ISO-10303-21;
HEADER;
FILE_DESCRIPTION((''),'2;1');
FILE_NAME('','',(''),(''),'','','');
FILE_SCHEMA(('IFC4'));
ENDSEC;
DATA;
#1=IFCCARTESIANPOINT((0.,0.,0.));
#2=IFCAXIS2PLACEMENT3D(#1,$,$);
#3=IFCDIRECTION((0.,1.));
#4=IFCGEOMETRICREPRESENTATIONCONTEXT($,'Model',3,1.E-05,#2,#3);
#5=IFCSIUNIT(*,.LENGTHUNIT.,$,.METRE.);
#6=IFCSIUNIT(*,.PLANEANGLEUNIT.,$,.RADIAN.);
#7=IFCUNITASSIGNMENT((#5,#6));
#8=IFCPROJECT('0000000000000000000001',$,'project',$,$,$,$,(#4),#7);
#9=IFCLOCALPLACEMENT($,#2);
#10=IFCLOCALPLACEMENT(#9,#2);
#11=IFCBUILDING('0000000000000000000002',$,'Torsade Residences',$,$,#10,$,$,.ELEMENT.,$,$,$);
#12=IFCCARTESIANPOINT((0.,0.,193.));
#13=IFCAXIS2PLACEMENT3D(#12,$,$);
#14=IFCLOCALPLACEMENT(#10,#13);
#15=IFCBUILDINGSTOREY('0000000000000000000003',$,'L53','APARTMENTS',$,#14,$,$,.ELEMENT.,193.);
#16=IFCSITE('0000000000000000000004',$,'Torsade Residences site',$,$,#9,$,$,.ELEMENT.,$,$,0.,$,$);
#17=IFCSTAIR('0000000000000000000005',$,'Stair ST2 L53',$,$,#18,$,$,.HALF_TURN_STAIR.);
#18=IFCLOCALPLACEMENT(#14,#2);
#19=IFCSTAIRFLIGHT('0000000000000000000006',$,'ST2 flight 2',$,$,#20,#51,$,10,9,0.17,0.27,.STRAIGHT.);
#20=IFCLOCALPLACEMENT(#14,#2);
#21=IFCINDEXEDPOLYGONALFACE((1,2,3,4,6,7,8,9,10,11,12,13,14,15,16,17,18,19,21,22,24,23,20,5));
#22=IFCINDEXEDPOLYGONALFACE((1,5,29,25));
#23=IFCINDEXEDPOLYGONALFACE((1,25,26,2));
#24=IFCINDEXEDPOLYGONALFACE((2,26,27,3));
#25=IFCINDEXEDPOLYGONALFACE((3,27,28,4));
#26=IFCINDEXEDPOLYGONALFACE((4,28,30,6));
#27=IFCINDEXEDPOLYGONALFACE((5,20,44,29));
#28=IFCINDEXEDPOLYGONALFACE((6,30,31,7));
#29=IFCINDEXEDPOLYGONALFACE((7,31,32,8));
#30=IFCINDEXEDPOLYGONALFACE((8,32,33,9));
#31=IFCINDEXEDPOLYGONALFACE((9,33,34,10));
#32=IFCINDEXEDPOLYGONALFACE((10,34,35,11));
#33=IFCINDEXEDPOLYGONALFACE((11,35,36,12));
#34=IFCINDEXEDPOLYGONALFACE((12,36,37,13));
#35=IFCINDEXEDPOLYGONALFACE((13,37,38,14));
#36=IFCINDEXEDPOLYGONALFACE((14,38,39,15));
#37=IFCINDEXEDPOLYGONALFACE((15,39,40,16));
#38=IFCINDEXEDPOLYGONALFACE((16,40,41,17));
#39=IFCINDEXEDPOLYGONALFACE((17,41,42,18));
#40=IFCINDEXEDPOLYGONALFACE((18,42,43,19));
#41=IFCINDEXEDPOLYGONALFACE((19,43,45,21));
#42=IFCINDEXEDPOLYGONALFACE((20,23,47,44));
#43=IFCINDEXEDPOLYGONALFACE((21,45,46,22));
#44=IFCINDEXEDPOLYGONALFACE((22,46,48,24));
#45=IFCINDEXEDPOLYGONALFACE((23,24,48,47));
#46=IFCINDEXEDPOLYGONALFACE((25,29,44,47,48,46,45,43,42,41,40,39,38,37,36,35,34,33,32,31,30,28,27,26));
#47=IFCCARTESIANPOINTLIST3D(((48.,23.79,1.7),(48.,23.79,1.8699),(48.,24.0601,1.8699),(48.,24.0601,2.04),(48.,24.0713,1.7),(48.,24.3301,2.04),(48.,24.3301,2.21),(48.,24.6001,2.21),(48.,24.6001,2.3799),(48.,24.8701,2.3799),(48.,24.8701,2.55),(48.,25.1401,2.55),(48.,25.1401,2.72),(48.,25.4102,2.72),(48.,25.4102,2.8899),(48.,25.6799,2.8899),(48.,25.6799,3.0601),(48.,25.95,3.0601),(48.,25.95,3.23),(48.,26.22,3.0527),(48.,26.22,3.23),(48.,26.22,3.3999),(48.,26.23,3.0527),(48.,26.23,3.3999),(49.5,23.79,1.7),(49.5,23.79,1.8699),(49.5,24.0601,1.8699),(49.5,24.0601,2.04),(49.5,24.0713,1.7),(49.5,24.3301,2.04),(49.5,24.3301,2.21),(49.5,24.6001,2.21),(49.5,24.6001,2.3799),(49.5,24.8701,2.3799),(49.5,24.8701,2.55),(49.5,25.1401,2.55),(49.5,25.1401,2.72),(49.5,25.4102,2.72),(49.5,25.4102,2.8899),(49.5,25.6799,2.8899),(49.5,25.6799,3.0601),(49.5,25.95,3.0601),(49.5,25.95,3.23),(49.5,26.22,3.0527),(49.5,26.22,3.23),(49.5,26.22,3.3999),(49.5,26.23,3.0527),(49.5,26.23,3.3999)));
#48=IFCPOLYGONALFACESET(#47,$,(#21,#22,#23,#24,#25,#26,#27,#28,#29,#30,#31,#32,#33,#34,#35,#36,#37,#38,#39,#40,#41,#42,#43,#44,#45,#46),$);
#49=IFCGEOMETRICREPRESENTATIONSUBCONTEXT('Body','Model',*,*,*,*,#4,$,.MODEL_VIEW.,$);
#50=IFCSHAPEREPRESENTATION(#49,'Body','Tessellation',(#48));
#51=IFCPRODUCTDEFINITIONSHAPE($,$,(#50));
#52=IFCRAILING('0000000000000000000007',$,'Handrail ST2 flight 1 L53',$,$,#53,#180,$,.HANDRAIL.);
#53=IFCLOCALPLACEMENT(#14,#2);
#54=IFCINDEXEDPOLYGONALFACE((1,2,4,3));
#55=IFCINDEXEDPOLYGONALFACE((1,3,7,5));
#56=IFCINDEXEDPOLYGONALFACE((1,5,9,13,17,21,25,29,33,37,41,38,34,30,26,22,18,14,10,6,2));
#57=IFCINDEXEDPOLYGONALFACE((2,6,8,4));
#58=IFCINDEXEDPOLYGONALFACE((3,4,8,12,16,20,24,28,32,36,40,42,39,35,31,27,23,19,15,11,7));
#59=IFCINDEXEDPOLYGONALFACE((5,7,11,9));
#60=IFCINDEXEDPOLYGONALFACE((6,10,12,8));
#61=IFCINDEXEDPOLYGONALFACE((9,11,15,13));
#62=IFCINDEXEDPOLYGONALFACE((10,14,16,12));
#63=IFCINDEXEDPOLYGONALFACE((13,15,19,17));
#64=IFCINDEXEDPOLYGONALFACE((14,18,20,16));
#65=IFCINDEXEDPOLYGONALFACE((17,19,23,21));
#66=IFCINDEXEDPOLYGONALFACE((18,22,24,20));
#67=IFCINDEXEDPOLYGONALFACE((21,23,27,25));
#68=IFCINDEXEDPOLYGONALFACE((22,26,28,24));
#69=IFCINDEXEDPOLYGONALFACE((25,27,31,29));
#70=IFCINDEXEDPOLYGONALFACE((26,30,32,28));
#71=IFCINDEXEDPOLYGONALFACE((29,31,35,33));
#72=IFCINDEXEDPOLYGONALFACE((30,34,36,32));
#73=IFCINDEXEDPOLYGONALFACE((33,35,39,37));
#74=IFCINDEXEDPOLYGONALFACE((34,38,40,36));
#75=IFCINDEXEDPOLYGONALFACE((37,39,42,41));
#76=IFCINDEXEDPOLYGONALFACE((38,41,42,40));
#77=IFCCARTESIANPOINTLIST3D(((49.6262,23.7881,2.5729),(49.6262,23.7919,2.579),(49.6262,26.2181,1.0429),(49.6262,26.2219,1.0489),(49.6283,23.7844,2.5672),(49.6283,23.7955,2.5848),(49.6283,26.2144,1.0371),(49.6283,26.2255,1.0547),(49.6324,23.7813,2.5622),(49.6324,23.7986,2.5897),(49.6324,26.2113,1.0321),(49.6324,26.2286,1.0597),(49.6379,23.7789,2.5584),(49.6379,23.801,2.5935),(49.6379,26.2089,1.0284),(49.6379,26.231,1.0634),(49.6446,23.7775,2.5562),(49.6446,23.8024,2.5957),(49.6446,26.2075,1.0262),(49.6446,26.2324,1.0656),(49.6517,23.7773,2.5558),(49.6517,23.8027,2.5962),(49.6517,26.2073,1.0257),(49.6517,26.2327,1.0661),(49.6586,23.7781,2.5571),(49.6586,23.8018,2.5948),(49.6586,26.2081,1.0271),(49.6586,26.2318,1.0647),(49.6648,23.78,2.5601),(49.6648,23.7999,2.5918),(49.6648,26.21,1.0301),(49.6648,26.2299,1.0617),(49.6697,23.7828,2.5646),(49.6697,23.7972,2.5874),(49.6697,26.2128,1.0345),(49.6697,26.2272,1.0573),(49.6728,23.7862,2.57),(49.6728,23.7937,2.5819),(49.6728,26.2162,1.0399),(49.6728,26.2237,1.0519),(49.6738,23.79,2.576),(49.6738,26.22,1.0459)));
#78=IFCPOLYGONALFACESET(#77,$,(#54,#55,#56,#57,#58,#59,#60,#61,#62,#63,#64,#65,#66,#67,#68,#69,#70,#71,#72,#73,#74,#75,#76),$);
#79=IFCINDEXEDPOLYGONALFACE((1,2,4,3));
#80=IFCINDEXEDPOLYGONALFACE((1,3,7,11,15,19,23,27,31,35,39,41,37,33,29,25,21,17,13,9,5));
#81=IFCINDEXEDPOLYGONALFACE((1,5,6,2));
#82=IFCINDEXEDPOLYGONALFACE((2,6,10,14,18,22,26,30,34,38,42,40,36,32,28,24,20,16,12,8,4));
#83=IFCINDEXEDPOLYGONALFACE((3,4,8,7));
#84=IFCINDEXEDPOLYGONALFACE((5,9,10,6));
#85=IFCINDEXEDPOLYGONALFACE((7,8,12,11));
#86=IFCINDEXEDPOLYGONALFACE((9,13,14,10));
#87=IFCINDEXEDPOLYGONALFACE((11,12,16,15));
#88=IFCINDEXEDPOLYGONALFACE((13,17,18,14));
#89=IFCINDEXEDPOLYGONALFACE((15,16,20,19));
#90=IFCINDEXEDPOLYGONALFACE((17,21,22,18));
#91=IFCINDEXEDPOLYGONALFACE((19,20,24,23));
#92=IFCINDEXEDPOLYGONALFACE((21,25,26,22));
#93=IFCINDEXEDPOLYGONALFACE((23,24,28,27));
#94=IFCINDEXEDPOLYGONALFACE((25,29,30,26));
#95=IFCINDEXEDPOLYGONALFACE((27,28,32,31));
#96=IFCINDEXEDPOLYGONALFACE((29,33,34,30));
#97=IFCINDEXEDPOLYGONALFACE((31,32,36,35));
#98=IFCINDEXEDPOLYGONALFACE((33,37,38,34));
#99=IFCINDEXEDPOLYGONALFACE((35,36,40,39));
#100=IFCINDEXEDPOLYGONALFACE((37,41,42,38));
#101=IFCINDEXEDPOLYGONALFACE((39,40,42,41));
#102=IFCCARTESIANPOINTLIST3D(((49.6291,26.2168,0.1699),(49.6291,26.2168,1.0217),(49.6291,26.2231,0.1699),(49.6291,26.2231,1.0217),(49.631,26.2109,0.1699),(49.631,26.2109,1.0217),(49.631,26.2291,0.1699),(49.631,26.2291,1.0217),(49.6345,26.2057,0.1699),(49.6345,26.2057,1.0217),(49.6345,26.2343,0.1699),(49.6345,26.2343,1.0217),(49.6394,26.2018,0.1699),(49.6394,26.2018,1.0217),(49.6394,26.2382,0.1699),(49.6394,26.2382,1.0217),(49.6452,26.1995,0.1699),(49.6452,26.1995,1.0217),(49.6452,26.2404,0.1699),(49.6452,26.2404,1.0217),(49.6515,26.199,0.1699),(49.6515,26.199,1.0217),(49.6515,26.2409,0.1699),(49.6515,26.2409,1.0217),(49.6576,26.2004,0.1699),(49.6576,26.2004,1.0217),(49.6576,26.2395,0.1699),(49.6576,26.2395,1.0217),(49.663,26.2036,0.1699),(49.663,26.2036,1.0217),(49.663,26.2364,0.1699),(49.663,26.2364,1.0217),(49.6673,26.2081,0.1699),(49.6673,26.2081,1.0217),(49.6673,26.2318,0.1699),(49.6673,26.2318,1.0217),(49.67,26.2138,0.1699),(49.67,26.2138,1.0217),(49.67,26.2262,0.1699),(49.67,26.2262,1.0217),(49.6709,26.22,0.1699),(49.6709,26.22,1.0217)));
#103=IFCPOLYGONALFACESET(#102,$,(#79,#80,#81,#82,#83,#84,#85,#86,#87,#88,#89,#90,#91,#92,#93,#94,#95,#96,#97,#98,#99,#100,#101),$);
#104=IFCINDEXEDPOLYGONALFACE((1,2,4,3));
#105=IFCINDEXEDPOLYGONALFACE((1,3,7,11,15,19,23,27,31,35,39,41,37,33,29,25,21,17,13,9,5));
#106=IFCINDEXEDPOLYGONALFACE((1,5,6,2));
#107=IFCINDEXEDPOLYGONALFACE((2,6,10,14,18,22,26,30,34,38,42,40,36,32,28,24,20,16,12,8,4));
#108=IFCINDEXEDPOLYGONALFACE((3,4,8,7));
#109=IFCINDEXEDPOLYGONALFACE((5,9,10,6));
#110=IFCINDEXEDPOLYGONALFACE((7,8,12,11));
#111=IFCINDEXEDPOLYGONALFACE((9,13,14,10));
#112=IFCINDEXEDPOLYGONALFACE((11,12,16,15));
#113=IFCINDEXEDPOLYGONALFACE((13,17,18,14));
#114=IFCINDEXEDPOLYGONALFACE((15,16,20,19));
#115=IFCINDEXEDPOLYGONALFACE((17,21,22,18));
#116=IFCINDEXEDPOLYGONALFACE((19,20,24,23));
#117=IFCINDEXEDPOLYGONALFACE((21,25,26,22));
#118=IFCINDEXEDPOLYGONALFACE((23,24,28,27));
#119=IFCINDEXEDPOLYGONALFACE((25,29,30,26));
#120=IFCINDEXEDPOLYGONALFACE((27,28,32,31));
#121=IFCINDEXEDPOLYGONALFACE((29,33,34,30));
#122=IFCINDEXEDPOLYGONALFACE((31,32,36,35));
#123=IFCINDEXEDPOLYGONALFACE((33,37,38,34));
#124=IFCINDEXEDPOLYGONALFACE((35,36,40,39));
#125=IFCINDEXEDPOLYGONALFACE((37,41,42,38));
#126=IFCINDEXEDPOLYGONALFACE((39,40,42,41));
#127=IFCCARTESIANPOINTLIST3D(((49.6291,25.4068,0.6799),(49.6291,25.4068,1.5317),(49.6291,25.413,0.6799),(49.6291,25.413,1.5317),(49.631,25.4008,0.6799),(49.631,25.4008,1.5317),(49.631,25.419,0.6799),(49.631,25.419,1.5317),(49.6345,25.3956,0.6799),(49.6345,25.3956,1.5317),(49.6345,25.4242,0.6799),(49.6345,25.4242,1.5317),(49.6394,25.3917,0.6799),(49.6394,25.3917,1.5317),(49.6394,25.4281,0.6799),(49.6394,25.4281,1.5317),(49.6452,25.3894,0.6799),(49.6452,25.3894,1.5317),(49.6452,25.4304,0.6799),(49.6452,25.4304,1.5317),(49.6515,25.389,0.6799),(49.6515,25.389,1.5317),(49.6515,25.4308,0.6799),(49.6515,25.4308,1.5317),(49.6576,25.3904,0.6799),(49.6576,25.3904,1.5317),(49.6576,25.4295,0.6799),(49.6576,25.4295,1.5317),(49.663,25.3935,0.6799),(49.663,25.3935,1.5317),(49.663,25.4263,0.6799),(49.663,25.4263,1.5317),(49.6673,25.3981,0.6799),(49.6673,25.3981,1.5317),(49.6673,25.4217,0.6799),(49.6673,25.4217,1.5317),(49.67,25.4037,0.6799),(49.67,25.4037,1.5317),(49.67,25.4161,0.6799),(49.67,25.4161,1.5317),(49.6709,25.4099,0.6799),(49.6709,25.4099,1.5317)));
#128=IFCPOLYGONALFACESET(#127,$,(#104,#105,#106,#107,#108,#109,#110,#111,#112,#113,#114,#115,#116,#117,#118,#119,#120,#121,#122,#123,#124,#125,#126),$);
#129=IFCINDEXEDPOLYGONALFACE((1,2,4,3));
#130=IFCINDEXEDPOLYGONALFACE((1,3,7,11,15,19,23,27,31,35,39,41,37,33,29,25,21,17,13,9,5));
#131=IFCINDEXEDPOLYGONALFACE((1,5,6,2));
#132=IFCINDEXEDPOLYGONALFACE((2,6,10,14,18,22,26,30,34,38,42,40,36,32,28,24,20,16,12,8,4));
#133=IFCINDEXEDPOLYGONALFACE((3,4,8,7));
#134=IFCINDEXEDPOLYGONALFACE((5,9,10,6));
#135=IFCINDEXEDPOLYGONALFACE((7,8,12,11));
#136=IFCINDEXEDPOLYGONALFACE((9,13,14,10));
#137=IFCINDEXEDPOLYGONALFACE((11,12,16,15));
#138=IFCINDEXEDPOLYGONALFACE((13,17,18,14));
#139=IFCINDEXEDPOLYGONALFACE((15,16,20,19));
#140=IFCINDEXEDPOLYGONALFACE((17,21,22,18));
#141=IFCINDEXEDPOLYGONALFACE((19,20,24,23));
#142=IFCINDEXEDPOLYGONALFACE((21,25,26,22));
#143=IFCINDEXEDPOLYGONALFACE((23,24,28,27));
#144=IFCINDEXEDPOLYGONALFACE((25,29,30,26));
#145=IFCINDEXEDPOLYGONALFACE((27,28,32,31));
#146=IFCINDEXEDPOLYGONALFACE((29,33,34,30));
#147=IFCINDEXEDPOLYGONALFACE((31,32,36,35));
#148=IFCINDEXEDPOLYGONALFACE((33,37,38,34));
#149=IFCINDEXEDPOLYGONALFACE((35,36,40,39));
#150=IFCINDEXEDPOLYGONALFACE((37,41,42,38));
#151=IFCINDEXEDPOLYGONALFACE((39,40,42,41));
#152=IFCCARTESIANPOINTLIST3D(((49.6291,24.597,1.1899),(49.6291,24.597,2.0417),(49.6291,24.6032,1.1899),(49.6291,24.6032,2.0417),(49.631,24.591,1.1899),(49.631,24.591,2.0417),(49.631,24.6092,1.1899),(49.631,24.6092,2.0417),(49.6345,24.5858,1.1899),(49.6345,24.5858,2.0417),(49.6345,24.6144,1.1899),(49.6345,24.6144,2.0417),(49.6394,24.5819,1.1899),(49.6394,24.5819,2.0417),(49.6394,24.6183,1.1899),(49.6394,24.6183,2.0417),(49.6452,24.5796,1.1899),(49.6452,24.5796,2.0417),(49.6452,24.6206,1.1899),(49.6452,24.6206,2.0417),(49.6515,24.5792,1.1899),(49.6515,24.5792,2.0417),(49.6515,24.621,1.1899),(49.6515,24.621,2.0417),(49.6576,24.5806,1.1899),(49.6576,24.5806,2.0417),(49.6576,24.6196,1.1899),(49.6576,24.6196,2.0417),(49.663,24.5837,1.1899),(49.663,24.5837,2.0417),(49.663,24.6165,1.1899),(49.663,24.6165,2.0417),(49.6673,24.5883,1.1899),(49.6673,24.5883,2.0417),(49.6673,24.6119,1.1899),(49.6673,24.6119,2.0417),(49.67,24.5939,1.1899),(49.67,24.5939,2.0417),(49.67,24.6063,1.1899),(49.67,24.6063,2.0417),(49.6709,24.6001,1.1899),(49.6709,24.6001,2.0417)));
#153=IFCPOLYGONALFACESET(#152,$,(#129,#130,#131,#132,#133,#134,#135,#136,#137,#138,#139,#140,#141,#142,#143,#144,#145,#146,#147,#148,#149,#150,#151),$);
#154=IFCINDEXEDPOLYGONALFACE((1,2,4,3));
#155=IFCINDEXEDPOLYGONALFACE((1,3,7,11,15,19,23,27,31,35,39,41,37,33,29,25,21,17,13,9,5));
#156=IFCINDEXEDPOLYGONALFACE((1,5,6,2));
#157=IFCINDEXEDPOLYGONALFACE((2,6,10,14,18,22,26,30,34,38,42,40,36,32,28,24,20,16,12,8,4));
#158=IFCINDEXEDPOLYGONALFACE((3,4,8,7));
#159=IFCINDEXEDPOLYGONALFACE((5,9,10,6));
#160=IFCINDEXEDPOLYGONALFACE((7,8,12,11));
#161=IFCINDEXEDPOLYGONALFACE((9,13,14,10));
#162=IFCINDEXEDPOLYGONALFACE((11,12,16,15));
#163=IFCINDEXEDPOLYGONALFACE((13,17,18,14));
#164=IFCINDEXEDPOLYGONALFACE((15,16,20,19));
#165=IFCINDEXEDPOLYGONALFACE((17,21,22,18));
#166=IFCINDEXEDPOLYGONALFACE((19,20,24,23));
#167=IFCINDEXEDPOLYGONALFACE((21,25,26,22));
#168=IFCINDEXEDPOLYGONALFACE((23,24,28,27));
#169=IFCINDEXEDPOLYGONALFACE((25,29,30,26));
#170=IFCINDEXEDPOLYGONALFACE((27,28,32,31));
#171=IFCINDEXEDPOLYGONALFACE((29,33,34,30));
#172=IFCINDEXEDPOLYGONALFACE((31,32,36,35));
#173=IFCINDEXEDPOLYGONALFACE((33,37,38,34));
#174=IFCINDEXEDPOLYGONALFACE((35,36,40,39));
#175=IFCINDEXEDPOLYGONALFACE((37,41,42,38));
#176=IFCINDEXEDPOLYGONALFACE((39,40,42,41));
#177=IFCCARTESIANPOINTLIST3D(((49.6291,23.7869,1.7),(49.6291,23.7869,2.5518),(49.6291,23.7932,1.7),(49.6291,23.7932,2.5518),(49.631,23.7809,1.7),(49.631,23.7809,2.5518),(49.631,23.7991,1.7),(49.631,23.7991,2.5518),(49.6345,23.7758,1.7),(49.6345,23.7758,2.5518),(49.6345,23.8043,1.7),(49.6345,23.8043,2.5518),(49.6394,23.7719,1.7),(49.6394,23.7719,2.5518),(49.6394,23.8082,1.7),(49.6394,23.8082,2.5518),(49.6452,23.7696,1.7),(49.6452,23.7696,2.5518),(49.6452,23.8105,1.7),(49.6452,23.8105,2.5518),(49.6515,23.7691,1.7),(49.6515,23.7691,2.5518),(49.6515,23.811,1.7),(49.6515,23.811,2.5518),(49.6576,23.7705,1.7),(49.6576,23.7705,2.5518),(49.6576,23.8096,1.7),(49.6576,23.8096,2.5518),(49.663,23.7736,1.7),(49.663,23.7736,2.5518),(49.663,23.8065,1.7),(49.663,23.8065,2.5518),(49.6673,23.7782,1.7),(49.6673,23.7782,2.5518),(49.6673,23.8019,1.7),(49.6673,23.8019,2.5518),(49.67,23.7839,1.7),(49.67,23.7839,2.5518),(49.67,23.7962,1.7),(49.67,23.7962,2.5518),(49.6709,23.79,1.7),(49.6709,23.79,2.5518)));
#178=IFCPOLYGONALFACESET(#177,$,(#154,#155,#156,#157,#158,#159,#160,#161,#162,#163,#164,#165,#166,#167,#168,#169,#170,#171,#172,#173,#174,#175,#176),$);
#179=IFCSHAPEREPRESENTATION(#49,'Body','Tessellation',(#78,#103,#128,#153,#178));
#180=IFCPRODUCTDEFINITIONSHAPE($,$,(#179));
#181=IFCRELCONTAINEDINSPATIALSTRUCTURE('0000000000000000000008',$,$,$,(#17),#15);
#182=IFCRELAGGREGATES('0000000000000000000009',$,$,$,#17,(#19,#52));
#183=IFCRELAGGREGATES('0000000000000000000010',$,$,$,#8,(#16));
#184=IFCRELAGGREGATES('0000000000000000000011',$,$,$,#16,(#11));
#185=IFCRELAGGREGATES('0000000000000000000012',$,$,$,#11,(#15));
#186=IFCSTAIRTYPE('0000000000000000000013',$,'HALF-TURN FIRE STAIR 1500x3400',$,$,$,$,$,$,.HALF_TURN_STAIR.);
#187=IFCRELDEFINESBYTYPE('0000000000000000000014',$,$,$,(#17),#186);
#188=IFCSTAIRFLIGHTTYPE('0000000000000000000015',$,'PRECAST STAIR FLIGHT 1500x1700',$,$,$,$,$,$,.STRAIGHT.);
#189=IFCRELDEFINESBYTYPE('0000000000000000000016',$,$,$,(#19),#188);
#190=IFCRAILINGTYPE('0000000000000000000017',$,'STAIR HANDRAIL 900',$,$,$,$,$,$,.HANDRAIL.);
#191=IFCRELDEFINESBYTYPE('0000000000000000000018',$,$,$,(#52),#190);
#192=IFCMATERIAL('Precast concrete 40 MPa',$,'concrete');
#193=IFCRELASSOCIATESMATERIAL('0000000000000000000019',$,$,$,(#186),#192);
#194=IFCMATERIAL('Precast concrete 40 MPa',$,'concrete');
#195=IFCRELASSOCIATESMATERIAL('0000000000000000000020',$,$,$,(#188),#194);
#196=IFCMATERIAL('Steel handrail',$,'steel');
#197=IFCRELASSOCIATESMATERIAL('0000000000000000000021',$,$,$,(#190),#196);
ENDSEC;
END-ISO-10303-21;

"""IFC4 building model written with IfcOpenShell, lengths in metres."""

from ifc_helpers import new_model, si_unit, direction, frame, origin, origin_2d, place, context, subcontext, project, spatial, polyline, circle, outline, extrude, material, type_object, element, aggregate, save


model = new_model("IFC4")

# Units and contexts
model_context = context("Model", 3, precision=1e-05, world=origin(), true_north=direction((0.0, 1.0)))
body_context = subcontext(model_context, "Body", "Model", "MODEL_VIEW")
ifc_project = project(units=[si_unit("LENGTHUNIT", "METRE"), si_unit("PLANEANGLEUNIT", "RADIAN")], contexts=[model_context])

# Site, building, storey
site_placement = place(None, origin())
site = spatial("IfcSite", under=ifc_project, at=site_placement, Name="Torsade Residences site", CompositionType="ELEMENT", RefElevation=0.0)
building_placement = place(site_placement, origin())
building = spatial("IfcBuilding", under=site, at=building_placement, Name="Torsade Residences", CompositionType="ELEMENT")
storey_placement = place(building_placement, frame((0.0, 0.0, 193.0)))
storey = spatial("IfcBuildingStorey", under=building, at=storey_placement, Name="L53", Description="APARTMENTS", CompositionType="ELEMENT", Elevation=193.0)

# Stair, stair flight, railing
ifc_material_1 = material(Name="Precast concrete 40 MPa", Category="concrete")
stair_type = type_object("IfcStairType", Name="HALF-TURN FIRE STAIR 1500x3400", PredefinedType="HALF_TURN_STAIR", material=ifc_material_1)
stair_placement = place(storey_placement, origin())
stair = element("IfcStair", 1, at=stair_placement, inside=storey, type_object=stair_type, Name="Stair ST2 L53", PredefinedType="HALF_TURN_STAIR")
ifc_material_2 = material(Name="Precast concrete 40 MPa", Category="concrete")
stair_flight_type = type_object("IfcStairFlightType", Name="PRECAST STAIR FLIGHT 1500x1700", PredefinedType="STRAIGHT", material=ifc_material_2)
stair_flight_1_placement = place(storey_placement, frame((48.75, 23.79, 1.7), z_axis=(0.0, 0.0, 1.0), x_axis=(0.0, 1.0, 0.0)))
stair_flight_1 = element("IfcStairFlight", 2, at=stair_flight_1_placement, type_object=stair_flight_type, Name="ST2 flight 2", NumberOfRisers=10, NumberOfTreads=9, PredefinedType="STRAIGHT", RiserHeight=0.17, TreadLength=0.27, context=body_context, shape_type="SweptSolid", body=[
    extrude(outline(polyline([(0.0, 0.0), (0.0, 0.1699), (0.27, 0.1699), (0.27, 0.3401), (0.54, 0.3401), (0.54, 0.51), (0.8101, 0.51), (0.8101, 0.6799), (1.0801, 0.6799), (1.0801, 0.8501), (1.3501, 0.8501), (1.3501, 1.02), (1.6201, 1.02), (1.6201, 1.1899), (1.8899, 1.1899), (1.8899, 1.3601), (2.1599, 1.3601), (2.1599, 1.53), (2.4299, 1.53), (2.4299, 1.7), (2.4399, 1.7), (2.4399, 1.3528), (2.4299, 1.3528), (0.2812, 0.0), (0.0, 0.0)])), frame((0.0, 0.75, 0.0), z_axis=(0.0, -1.0, 0.0), x_axis=(1.0, 0.0, 0.0)), (0.0, 0.0, 1.0), 1.5),
])
ifc_material_3 = material(Name="Steel handrail", Category="steel")
railing_type = type_object("IfcRailingType", Name="STAIR HANDRAIL 900", PredefinedType="HANDRAIL", material=ifc_material_3)
railing_1_placement = place(storey_placement, frame((49.6499, 26.22, 0.1699)))
railing_1 = element("IfcRailing", 3, at=railing_1_placement, type_object=railing_type, Name="Handrail ST2 flight 1 L53", PredefinedType="HANDRAIL", context=body_context, shape_type="SweptSolid", body=[
    extrude(circle(Radius=0.0239, at=origin_2d()), frame((0.0, 0.0, 0.876), z_axis=(0.0, -0.846221, 0.532831), x_axis=(1.0, 0.0, 0.0)), (0.0, 0.0, 1.0), 2.8716),
    extrude(circle(Radius=0.021, at=origin_2d()), origin(), (0.0, 0.0, 1.0), 0.8518),
    extrude(circle(Radius=0.021, at=origin_2d()), frame((0.0, -0.8101, 0.51)), (0.0, 0.0, 1.0), 0.8518),
    extrude(circle(Radius=0.021, at=origin_2d()), frame((0.0, -1.6199, 1.02)), (0.0, 0.0, 1.0), 0.8518),
    extrude(circle(Radius=0.021, at=origin_2d()), frame((0.0, -2.4299, 1.53)), (0.0, 0.0, 1.0), 0.8518),
])
aggregate(stair, [stair_flight_1, railing_1])

save(model, "model.ifc")
